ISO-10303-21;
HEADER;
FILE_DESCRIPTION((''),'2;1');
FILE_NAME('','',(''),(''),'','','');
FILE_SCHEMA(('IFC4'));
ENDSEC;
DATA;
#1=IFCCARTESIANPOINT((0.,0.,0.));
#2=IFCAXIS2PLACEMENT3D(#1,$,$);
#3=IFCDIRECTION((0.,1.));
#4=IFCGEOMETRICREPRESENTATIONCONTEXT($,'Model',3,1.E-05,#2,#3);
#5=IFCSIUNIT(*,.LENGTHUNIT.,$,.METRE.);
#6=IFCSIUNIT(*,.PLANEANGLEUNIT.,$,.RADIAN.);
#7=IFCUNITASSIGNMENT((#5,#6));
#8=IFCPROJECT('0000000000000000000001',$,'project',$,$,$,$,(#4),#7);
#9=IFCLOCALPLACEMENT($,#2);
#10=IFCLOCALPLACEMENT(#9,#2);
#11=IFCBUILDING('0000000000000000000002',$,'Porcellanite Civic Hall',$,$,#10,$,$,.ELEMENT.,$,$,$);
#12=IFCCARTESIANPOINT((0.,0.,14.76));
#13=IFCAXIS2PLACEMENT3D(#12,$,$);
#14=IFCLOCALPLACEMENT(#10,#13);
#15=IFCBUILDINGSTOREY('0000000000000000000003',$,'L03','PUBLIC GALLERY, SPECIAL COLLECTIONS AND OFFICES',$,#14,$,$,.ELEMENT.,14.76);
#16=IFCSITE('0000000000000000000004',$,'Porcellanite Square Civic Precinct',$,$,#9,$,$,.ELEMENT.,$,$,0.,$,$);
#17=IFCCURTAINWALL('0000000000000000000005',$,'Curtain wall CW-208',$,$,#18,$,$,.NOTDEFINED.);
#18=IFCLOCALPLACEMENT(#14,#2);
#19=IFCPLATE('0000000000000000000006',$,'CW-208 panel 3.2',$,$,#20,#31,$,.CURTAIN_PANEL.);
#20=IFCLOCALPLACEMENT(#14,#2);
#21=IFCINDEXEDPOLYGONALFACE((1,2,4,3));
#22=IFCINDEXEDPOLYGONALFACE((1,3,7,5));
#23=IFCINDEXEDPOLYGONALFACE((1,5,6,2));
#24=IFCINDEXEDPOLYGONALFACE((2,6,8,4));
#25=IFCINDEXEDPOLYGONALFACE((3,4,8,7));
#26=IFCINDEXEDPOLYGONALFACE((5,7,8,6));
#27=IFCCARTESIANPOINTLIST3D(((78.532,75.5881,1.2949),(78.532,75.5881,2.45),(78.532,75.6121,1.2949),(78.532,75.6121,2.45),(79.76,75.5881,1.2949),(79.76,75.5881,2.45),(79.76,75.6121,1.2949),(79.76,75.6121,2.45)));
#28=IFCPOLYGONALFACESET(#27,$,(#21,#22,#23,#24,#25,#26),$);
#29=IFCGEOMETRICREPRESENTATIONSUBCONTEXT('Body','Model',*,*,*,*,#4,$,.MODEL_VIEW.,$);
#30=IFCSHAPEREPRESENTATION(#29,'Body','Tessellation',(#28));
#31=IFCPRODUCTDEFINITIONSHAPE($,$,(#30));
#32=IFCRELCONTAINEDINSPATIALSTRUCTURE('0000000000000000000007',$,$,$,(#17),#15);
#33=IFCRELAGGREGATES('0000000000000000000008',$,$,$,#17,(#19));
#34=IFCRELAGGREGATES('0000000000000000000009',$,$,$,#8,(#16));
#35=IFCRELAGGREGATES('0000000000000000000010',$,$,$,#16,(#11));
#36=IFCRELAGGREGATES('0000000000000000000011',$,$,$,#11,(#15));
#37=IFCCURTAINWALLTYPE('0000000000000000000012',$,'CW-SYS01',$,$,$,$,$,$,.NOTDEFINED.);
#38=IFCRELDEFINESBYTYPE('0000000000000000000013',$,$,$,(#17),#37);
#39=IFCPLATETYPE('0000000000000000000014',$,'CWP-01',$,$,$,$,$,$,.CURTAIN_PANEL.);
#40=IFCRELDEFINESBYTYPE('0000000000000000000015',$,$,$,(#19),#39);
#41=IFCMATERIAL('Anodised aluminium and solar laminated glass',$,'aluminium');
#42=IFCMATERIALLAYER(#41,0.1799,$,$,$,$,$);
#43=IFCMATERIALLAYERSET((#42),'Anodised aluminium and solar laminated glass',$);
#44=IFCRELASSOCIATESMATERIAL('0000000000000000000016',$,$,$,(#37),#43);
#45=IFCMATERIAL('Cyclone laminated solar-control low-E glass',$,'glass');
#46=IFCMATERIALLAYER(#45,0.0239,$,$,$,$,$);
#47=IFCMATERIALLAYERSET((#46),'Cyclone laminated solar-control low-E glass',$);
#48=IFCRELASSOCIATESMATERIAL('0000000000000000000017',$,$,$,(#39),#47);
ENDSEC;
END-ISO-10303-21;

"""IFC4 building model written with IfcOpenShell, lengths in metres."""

from ifc_helpers import new_model, si_unit, direction, frame, origin, origin_2d, place, context, subcontext, project, spatial, rectangle, extrude, material, layer, layer_set, type_object, element, aggregate, save


model = new_model("IFC4")

# Units and contexts
model_context = context("Model", 3, precision=1e-05, world=origin(), true_north=direction((0.0, 1.0)))
body_context = subcontext(model_context, "Body", "Model", "MODEL_VIEW")
ifc_project = project(units=[si_unit("LENGTHUNIT", "METRE"), si_unit("PLANEANGLEUNIT", "RADIAN")], contexts=[model_context])

# Site, building, storey
site_placement = place(None, origin())
site = spatial("IfcSite", under=ifc_project, at=site_placement, Name="Porcellanite Square Civic Precinct", CompositionType="ELEMENT", RefElevation=0.0)
building_placement = place(site_placement, origin())
building = spatial("IfcBuilding", under=site, at=building_placement, Name="Porcellanite Civic Hall", CompositionType="ELEMENT")
storey_placement = place(building_placement, frame((0.0, 0.0, 14.76)))
storey = spatial("IfcBuildingStorey", under=building, at=storey_placement, Name="L03", Description="PUBLIC GALLERY, SPECIAL COLLECTIONS AND OFFICES", CompositionType="ELEMENT", Elevation=14.76)

# Curtain wall, plate
ifc_material_1 = material(Name="Anodised aluminium and solar laminated glass", Category="aluminium")
ifc_layer_1 = layer(ifc_material_1, 0.1799)
ifc_layer_set_1 = layer_set([ifc_layer_1], Name="Anodised aluminium and solar laminated glass")
curtain_wall_type = type_object("IfcCurtainWallType", Name="CW-SYS01", PredefinedType="NOTDEFINED", material=ifc_layer_set_1)
curtain_wall_placement = place(storey_placement, origin())
curtain_wall = element("IfcCurtainWall", 1, at=curtain_wall_placement, inside=storey, type_object=curtain_wall_type, Name="Curtain wall CW-208", PredefinedType="NOTDEFINED")
ifc_material_2 = material(Name="Cyclone laminated solar-control low-E glass", Category="glass")
ifc_layer_2 = layer(ifc_material_2, 0.0239)
ifc_layer_set_2 = layer_set([ifc_layer_2], Name="Cyclone laminated solar-control low-E glass")
plate_type = type_object("IfcPlateType", Name="CWP-01", PredefinedType="CURTAIN_PANEL", material=ifc_layer_set_2)
plate_1_placement = place(storey_placement, frame((79.146, 75.6001, 1.2949), z_axis=(0.0, 0.0, 1.0), x_axis=(1.0, 0.0, 0.0)))
plate_1 = element("IfcPlate", 2, at=plate_1_placement, type_object=plate_type, Name="CW-208 panel 3.2", PredefinedType="CURTAIN_PANEL", context=body_context, shape_type="SweptSolid", body=[
    extrude(rectangle(XDim=1.228, YDim=0.0239, at=origin_2d()), origin(), (0.0, 0.0, 1.0), 1.155),
])
aggregate(curtain_wall, [plate_1])

save(model, "model.ifc")
